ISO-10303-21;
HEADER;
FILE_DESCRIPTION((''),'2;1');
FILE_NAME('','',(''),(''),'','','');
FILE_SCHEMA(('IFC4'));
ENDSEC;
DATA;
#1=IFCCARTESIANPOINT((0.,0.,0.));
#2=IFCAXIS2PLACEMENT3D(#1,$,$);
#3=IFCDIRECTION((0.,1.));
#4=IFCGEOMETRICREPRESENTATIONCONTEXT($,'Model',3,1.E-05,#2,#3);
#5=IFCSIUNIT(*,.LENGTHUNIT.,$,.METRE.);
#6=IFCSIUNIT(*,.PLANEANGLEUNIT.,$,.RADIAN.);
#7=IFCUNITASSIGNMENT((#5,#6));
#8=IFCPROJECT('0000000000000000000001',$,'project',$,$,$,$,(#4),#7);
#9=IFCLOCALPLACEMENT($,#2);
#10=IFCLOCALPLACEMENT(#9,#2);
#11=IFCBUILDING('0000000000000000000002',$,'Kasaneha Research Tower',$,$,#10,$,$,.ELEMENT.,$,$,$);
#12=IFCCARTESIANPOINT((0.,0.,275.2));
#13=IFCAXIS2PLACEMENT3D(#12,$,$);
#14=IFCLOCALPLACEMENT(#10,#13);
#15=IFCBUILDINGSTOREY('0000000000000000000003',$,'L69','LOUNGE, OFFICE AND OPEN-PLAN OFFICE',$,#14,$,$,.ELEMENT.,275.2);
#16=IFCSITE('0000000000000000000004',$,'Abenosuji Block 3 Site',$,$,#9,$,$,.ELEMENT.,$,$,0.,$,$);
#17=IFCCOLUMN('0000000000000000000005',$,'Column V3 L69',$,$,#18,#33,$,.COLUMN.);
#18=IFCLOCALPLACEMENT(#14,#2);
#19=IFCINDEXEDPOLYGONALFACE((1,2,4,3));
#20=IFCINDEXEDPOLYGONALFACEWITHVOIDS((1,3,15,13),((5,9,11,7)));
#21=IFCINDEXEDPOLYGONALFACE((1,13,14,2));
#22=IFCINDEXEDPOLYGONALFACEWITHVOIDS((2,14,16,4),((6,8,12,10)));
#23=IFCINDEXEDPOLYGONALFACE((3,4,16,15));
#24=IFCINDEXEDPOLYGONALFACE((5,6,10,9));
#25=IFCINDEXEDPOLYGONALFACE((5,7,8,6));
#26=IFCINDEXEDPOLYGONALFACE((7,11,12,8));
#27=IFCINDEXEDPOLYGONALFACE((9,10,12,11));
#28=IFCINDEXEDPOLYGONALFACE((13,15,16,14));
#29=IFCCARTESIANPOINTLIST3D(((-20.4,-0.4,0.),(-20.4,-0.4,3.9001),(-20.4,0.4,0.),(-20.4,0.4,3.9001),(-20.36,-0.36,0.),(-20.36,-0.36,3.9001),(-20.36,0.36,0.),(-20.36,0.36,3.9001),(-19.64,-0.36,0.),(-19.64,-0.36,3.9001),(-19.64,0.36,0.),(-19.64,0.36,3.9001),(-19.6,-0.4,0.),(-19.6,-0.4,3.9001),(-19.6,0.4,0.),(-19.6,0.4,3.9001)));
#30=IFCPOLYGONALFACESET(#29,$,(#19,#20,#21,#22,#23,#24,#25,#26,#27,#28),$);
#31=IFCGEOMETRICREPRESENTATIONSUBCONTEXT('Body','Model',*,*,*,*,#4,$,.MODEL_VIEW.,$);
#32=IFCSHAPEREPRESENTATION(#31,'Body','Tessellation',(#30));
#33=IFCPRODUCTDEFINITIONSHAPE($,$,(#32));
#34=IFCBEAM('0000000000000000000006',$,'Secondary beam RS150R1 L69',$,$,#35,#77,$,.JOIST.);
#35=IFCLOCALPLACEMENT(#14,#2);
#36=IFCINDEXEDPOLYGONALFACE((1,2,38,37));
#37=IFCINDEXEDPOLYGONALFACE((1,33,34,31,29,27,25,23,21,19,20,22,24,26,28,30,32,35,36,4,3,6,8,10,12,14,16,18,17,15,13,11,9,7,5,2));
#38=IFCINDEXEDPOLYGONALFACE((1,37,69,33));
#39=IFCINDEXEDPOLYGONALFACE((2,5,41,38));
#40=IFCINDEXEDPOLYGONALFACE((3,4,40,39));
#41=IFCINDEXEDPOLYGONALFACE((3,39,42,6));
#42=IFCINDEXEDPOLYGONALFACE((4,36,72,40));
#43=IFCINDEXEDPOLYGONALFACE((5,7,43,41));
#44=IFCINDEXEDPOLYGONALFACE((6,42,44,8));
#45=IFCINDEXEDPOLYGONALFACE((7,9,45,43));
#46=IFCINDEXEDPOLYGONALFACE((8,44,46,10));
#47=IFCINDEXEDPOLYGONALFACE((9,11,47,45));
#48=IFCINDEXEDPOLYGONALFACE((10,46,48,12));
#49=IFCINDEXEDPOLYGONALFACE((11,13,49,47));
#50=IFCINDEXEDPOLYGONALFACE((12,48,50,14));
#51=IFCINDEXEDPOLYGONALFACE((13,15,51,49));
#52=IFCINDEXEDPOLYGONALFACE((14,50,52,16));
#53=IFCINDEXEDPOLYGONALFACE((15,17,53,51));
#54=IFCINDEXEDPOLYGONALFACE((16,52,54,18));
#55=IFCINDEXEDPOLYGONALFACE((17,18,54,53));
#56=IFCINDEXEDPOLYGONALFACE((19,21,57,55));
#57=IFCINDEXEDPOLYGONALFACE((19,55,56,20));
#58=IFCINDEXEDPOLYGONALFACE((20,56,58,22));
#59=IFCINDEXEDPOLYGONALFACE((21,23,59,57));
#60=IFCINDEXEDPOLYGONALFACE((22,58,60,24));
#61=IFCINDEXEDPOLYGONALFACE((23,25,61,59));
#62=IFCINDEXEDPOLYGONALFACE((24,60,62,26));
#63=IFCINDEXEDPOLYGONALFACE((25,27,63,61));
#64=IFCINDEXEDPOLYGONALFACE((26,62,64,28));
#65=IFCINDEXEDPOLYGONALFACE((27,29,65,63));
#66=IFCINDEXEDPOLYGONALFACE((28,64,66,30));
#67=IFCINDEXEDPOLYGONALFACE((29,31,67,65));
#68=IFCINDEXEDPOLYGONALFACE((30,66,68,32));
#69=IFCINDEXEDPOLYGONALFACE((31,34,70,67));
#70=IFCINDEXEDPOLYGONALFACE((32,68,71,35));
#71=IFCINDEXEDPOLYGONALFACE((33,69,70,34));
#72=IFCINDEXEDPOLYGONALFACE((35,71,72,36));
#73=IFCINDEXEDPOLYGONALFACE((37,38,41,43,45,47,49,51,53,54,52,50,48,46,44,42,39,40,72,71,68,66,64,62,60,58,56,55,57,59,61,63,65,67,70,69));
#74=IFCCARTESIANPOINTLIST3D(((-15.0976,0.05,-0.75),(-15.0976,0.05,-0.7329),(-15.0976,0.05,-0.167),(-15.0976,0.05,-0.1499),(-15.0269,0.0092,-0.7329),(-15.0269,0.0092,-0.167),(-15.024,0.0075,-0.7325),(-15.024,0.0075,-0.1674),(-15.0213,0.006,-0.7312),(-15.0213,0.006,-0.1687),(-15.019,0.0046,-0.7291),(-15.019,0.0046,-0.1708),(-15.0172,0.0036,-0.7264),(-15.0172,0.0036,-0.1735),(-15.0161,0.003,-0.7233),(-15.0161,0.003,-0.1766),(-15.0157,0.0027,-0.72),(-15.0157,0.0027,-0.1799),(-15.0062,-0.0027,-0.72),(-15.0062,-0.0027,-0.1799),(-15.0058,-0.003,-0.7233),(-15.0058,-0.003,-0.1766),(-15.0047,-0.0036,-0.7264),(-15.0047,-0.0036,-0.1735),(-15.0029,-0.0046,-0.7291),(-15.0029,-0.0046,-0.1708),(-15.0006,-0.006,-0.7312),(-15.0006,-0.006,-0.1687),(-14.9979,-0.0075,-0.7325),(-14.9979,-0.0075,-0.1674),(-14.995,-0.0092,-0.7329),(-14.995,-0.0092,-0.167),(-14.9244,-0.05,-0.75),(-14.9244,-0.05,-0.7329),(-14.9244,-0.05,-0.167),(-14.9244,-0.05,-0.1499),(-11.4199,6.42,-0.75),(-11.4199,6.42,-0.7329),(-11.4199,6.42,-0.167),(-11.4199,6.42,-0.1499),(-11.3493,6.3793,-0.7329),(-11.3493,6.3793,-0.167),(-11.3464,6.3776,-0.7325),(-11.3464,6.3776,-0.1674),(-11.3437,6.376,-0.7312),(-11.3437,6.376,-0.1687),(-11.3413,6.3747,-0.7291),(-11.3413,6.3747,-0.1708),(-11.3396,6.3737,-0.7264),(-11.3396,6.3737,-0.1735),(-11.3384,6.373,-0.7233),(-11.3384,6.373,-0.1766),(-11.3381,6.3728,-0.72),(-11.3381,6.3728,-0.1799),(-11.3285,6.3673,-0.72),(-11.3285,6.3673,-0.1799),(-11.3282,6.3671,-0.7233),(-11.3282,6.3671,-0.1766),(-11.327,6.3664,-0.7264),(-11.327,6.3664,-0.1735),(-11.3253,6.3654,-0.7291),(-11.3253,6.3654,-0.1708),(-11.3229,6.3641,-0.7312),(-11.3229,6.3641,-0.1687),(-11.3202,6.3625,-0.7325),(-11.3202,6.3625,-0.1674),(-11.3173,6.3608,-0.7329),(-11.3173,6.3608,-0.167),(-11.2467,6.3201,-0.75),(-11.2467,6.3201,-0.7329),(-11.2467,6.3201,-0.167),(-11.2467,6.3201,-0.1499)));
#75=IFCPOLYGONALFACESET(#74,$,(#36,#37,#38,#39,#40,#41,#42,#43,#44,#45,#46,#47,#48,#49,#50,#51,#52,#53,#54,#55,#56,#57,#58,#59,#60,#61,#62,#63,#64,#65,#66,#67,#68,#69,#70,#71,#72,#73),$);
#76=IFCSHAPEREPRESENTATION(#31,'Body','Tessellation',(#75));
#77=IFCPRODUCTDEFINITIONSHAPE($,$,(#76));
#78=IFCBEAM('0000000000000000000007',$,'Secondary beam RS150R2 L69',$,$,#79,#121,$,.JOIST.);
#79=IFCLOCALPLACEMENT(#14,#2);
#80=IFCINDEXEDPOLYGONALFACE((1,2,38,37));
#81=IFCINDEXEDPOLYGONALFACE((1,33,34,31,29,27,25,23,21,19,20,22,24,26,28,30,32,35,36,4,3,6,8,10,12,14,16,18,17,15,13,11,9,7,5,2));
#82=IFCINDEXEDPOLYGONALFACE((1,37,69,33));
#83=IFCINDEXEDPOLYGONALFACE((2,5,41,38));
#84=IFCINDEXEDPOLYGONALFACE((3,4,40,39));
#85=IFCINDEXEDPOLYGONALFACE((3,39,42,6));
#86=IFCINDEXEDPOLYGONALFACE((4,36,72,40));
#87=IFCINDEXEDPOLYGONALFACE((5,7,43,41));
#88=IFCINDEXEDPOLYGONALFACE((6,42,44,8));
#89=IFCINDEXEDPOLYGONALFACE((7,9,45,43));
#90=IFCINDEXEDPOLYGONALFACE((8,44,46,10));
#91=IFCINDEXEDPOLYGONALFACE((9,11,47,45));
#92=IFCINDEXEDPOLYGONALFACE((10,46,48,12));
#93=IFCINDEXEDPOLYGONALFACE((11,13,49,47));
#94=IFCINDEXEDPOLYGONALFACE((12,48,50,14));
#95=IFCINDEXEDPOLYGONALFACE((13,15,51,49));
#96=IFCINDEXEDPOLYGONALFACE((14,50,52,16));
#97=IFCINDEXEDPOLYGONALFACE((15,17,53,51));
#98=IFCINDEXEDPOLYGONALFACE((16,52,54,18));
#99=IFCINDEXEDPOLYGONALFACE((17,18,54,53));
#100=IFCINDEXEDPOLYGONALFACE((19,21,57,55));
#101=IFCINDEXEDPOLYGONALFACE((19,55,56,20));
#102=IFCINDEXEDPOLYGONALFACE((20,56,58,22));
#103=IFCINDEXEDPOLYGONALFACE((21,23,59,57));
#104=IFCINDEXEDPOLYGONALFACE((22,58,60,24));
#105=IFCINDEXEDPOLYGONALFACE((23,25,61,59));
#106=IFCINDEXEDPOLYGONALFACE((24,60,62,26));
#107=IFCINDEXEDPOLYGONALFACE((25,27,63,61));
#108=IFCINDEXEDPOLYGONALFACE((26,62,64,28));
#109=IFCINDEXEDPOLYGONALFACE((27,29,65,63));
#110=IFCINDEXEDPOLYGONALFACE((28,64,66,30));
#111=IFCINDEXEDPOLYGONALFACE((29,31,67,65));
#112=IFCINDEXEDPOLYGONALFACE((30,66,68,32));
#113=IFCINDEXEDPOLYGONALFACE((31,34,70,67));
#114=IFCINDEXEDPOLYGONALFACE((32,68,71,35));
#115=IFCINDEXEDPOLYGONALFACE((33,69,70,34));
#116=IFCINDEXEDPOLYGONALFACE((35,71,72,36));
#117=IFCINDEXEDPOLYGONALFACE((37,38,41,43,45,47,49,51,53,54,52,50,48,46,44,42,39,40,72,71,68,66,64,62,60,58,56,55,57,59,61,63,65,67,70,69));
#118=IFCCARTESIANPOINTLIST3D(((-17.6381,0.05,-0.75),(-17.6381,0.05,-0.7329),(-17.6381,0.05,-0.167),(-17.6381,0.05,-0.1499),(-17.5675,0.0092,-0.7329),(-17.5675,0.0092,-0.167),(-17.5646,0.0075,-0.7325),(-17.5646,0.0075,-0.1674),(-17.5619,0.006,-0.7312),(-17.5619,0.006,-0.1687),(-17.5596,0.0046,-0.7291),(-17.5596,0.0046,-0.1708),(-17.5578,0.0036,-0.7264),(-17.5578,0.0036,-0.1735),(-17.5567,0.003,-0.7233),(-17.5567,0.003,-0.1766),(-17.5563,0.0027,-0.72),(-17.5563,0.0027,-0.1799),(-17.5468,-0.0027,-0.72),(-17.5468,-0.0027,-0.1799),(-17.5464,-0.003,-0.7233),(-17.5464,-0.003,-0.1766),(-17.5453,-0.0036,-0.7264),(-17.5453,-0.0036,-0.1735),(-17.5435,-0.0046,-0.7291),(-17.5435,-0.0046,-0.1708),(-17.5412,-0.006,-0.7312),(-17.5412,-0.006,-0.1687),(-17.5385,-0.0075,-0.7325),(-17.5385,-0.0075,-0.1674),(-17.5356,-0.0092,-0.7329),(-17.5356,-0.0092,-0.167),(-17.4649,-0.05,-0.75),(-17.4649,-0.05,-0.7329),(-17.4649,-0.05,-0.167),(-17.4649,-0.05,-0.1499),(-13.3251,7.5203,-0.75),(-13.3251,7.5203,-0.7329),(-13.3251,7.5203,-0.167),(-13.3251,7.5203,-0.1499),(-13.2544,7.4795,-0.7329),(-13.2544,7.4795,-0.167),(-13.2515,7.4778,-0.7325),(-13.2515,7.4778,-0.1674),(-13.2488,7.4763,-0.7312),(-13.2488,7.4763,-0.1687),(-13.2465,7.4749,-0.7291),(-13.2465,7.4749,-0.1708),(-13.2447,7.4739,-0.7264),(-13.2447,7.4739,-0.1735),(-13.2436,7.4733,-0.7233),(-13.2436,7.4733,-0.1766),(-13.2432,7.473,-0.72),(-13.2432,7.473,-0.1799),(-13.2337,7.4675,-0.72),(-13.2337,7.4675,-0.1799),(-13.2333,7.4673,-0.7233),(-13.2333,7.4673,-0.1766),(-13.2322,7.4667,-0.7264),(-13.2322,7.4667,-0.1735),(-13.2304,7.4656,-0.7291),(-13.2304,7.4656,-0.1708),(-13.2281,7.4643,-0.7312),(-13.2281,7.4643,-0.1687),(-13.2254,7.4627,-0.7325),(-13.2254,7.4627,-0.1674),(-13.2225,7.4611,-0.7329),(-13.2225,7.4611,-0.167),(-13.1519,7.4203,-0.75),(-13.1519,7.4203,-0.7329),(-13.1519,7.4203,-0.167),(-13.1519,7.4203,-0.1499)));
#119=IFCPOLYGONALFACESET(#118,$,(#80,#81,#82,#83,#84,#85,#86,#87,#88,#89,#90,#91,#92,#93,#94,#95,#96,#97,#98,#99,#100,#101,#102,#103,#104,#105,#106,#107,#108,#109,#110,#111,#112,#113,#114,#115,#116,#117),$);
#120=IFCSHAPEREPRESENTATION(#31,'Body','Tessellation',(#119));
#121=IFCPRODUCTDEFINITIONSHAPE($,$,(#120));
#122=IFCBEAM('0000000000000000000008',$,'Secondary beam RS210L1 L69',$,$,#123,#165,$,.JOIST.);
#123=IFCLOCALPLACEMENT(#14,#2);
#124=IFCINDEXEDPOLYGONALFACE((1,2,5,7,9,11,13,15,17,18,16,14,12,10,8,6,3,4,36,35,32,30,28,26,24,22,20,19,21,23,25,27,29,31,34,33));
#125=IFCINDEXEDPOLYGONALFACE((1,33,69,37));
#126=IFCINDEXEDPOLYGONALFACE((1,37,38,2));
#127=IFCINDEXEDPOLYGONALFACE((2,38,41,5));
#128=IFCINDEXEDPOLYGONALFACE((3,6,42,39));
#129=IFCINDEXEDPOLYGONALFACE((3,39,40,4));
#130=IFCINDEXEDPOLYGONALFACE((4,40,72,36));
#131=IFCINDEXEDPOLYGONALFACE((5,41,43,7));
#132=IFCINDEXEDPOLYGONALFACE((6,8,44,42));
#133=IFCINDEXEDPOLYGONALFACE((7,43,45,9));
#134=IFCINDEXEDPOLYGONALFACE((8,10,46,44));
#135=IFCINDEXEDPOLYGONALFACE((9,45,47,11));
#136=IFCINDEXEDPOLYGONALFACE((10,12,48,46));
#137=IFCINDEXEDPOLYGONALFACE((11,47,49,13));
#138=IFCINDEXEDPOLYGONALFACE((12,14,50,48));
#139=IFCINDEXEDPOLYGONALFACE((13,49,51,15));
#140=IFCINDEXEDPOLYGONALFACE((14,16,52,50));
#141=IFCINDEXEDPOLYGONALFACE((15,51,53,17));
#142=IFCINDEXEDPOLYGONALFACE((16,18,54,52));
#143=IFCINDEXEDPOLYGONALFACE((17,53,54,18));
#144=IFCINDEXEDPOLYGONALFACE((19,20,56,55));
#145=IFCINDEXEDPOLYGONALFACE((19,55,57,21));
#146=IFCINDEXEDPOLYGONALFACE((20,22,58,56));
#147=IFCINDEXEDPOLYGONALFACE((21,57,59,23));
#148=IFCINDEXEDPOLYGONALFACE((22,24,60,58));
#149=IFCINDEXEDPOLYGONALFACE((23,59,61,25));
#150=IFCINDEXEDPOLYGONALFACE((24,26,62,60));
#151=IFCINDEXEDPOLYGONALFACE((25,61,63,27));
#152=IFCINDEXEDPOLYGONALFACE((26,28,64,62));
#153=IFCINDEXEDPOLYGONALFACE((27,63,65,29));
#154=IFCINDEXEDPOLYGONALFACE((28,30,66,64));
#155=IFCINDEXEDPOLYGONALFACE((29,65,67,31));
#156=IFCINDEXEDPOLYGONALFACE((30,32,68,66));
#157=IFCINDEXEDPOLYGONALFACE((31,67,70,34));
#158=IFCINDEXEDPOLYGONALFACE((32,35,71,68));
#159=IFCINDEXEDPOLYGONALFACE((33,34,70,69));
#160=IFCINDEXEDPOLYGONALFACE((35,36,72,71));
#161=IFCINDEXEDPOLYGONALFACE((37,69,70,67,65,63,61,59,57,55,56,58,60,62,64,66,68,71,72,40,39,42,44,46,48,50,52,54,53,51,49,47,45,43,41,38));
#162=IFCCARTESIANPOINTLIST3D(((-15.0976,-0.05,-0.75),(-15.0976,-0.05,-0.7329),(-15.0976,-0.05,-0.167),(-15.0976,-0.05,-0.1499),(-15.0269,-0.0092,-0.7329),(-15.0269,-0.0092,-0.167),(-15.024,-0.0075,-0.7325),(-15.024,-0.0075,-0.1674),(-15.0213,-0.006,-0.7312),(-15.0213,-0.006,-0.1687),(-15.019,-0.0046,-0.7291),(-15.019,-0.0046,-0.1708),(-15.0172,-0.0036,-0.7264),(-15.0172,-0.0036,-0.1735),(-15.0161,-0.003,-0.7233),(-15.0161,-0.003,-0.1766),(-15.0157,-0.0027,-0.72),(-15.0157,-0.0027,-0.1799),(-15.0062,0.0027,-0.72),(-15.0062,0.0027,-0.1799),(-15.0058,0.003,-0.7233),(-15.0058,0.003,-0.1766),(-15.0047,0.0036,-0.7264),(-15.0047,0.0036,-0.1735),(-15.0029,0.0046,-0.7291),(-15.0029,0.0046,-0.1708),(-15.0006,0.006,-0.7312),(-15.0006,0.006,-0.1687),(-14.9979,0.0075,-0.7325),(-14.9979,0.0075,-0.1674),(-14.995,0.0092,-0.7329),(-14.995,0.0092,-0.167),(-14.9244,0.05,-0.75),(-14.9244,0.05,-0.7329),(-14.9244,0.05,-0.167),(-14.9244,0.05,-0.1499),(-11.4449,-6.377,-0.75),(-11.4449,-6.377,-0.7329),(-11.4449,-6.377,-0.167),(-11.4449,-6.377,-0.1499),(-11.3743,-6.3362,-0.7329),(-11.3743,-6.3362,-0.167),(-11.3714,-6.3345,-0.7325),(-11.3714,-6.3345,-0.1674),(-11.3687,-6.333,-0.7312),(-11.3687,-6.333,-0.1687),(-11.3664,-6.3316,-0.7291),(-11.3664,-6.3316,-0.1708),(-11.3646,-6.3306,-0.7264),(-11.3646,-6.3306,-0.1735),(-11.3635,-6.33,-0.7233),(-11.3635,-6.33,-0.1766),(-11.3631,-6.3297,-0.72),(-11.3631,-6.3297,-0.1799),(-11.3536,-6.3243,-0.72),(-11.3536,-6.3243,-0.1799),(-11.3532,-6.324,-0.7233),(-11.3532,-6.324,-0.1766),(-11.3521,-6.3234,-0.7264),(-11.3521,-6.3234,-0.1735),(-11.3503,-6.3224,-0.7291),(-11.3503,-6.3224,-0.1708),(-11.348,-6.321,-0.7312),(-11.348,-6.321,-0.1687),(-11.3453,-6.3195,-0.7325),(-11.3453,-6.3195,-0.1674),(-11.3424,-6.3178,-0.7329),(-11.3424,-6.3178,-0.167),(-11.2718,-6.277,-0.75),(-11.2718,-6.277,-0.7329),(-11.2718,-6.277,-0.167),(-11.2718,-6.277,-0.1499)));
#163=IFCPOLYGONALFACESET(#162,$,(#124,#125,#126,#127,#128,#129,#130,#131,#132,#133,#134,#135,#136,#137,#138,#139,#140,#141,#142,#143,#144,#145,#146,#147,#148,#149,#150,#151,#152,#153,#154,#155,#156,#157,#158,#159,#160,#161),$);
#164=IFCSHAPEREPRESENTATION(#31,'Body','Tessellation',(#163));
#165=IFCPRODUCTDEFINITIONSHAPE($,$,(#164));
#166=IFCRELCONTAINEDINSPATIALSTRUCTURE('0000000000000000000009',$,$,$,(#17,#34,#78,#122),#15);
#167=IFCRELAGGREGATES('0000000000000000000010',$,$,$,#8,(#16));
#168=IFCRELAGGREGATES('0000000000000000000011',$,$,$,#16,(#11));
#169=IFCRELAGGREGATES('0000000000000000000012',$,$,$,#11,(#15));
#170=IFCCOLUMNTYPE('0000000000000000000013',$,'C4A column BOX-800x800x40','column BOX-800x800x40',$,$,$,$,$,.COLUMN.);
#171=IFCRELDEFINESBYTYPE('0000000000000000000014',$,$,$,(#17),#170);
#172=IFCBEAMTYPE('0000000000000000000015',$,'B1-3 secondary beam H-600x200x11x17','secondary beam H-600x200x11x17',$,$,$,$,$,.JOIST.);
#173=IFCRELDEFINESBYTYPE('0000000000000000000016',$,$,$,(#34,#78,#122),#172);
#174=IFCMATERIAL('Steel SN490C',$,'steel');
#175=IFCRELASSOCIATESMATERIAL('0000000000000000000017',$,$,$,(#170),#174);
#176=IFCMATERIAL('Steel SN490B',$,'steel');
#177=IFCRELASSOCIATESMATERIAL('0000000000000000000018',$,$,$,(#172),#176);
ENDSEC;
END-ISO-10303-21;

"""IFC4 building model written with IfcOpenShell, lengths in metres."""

from ifc_helpers import new_model, si_unit, direction, frame, origin, origin_2d, place, context, subcontext, project, spatial, hollow_rectangle, i_section, extrude, material, material_profile, profile_set, type_object, element, save


model = new_model("IFC4")

# Units and contexts
model_context = context("Model", 3, precision=1e-05, world=origin(), true_north=direction((0.0, 1.0)))
body_context = subcontext(model_context, "Body", "Model", "MODEL_VIEW")
ifc_project = project(units=[si_unit("LENGTHUNIT", "METRE"), si_unit("PLANEANGLEUNIT", "RADIAN")], contexts=[model_context])

# Site, building, storey
site_placement = place(None, origin())
site = spatial("IfcSite", under=ifc_project, at=site_placement, Name="Abenosuji Block 3 Site", CompositionType="ELEMENT", RefElevation=0.0)
building_placement = place(site_placement, origin())
building = spatial("IfcBuilding", under=site, at=building_placement, Name="Kasaneha Research Tower", CompositionType="ELEMENT")
storey_placement = place(building_placement, frame((0.0, 0.0, 275.2)))
storey = spatial("IfcBuildingStorey", under=building, at=storey_placement, Name="L69", Description="LOUNGE, OFFICE AND OPEN-PLAN OFFICE", CompositionType="ELEMENT", Elevation=275.2)

# Column
ifc_material_1 = material(Name="Steel SN490C", Category="steel")
ifc_material_profile_1 = material_profile(ifc_material_1, hollow_rectangle(XDim=0.8, YDim=0.8, WallThickness=0.04, at=origin_2d()), Name="BOX-800x800x40")
ifc_profile_set_1 = profile_set([ifc_material_profile_1], Name="Steel SN490C")
column_type = type_object("IfcColumnType", Name="C4A column BOX-800x800x40", Description="column BOX-800x800x40", PredefinedType="COLUMN", material=ifc_profile_set_1)
column_placement = place(storey_placement, frame((-20.0, 0.0, 0.0), z_axis=(0.0, 0.0, 1.0), x_axis=(1.0, 0.0, 0.0)))
element("IfcColumn", 1, at=column_placement, inside=storey, type_object=column_type, Name="Column V3 L69", PredefinedType="COLUMN", context=body_context, shape_type="SweptSolid", body=[
    extrude(hollow_rectangle(XDim=0.8, YDim=0.8, WallThickness=0.04, at=origin_2d()), origin(), (0.0, 0.0, 1.0), 3.9001),
])

# Beams
ifc_material_2 = material(Name="Steel SN490B", Category="steel")
ifc_material_profile_2 = material_profile(ifc_material_2, i_section(OverallWidth=0.2, OverallDepth=0.6001, WebThickness=0.011, FlangeThickness=0.0171, FilletRadius=0.0129, at=origin_2d()), Name="H-600x200x11x17")
ifc_profile_set_2 = profile_set([ifc_material_profile_2], Name="Steel SN490B")
beam_type_1 = type_object("IfcBeamType", Name="B1-3 secondary beam H-600x200x11x17", Description="secondary beam H-600x200x11x17", PredefinedType="JOIST", material=ifc_profile_set_2)
beam_1_placement = place(storey_placement, frame((-15.011, 0.0, -0.45), z_axis=(0.499994, 0.866029, 0.0), x_axis=(-0.866029, 0.499994, 0.0)))
element("IfcBeam", 2, at=beam_1_placement, inside=storey, type_object=beam_type_1, Name="Secondary beam RS150R1 L69", PredefinedType="JOIST", context=body_context, shape_type="SweptSolid", body=[
    extrude(i_section(OverallWidth=0.2, OverallDepth=0.6001, WebThickness=0.011, FlangeThickness=0.0171, FilletRadius=0.0129, at=origin_2d()), origin(), (0.0, 0.0, 1.0), 7.3555),
])
beam_2_placement = place(storey_placement, frame((-17.5515, 0.0, -0.45), z_axis=(0.500005, 0.866023, 0.0), x_axis=(-0.866023, 0.500005, 0.0)))
element("IfcBeam", 3, at=beam_2_placement, inside=storey, type_object=beam_type_1, Name="Secondary beam RS150R2 L69", PredefinedType="JOIST", context=body_context, shape_type="SweptSolid", body=[
    extrude(i_section(OverallWidth=0.2, OverallDepth=0.6001, WebThickness=0.011, FlangeThickness=0.0171, FilletRadius=0.0129, at=origin_2d()), origin(), (0.0, 0.0, 1.0), 8.626),
])
beam_3_placement = place(storey_placement, frame((-15.011, 0.0, -0.45), z_axis=(0.499974, -0.86604, 0.0), x_axis=(0.86604, 0.499974, 0.0)))
element("IfcBeam", 4, at=beam_3_placement, inside=storey, type_object=beam_type_1, Name="Secondary beam RS210L1 L69", PredefinedType="JOIST", context=body_context, shape_type="SweptSolid", body=[
    extrude(i_section(OverallWidth=0.2, OverallDepth=0.6001, WebThickness=0.011, FlangeThickness=0.0171, FilletRadius=0.0129, at=origin_2d()), origin(), (0.0, 0.0, 1.0), 7.3057),
])

save(model, "model.ifc")
